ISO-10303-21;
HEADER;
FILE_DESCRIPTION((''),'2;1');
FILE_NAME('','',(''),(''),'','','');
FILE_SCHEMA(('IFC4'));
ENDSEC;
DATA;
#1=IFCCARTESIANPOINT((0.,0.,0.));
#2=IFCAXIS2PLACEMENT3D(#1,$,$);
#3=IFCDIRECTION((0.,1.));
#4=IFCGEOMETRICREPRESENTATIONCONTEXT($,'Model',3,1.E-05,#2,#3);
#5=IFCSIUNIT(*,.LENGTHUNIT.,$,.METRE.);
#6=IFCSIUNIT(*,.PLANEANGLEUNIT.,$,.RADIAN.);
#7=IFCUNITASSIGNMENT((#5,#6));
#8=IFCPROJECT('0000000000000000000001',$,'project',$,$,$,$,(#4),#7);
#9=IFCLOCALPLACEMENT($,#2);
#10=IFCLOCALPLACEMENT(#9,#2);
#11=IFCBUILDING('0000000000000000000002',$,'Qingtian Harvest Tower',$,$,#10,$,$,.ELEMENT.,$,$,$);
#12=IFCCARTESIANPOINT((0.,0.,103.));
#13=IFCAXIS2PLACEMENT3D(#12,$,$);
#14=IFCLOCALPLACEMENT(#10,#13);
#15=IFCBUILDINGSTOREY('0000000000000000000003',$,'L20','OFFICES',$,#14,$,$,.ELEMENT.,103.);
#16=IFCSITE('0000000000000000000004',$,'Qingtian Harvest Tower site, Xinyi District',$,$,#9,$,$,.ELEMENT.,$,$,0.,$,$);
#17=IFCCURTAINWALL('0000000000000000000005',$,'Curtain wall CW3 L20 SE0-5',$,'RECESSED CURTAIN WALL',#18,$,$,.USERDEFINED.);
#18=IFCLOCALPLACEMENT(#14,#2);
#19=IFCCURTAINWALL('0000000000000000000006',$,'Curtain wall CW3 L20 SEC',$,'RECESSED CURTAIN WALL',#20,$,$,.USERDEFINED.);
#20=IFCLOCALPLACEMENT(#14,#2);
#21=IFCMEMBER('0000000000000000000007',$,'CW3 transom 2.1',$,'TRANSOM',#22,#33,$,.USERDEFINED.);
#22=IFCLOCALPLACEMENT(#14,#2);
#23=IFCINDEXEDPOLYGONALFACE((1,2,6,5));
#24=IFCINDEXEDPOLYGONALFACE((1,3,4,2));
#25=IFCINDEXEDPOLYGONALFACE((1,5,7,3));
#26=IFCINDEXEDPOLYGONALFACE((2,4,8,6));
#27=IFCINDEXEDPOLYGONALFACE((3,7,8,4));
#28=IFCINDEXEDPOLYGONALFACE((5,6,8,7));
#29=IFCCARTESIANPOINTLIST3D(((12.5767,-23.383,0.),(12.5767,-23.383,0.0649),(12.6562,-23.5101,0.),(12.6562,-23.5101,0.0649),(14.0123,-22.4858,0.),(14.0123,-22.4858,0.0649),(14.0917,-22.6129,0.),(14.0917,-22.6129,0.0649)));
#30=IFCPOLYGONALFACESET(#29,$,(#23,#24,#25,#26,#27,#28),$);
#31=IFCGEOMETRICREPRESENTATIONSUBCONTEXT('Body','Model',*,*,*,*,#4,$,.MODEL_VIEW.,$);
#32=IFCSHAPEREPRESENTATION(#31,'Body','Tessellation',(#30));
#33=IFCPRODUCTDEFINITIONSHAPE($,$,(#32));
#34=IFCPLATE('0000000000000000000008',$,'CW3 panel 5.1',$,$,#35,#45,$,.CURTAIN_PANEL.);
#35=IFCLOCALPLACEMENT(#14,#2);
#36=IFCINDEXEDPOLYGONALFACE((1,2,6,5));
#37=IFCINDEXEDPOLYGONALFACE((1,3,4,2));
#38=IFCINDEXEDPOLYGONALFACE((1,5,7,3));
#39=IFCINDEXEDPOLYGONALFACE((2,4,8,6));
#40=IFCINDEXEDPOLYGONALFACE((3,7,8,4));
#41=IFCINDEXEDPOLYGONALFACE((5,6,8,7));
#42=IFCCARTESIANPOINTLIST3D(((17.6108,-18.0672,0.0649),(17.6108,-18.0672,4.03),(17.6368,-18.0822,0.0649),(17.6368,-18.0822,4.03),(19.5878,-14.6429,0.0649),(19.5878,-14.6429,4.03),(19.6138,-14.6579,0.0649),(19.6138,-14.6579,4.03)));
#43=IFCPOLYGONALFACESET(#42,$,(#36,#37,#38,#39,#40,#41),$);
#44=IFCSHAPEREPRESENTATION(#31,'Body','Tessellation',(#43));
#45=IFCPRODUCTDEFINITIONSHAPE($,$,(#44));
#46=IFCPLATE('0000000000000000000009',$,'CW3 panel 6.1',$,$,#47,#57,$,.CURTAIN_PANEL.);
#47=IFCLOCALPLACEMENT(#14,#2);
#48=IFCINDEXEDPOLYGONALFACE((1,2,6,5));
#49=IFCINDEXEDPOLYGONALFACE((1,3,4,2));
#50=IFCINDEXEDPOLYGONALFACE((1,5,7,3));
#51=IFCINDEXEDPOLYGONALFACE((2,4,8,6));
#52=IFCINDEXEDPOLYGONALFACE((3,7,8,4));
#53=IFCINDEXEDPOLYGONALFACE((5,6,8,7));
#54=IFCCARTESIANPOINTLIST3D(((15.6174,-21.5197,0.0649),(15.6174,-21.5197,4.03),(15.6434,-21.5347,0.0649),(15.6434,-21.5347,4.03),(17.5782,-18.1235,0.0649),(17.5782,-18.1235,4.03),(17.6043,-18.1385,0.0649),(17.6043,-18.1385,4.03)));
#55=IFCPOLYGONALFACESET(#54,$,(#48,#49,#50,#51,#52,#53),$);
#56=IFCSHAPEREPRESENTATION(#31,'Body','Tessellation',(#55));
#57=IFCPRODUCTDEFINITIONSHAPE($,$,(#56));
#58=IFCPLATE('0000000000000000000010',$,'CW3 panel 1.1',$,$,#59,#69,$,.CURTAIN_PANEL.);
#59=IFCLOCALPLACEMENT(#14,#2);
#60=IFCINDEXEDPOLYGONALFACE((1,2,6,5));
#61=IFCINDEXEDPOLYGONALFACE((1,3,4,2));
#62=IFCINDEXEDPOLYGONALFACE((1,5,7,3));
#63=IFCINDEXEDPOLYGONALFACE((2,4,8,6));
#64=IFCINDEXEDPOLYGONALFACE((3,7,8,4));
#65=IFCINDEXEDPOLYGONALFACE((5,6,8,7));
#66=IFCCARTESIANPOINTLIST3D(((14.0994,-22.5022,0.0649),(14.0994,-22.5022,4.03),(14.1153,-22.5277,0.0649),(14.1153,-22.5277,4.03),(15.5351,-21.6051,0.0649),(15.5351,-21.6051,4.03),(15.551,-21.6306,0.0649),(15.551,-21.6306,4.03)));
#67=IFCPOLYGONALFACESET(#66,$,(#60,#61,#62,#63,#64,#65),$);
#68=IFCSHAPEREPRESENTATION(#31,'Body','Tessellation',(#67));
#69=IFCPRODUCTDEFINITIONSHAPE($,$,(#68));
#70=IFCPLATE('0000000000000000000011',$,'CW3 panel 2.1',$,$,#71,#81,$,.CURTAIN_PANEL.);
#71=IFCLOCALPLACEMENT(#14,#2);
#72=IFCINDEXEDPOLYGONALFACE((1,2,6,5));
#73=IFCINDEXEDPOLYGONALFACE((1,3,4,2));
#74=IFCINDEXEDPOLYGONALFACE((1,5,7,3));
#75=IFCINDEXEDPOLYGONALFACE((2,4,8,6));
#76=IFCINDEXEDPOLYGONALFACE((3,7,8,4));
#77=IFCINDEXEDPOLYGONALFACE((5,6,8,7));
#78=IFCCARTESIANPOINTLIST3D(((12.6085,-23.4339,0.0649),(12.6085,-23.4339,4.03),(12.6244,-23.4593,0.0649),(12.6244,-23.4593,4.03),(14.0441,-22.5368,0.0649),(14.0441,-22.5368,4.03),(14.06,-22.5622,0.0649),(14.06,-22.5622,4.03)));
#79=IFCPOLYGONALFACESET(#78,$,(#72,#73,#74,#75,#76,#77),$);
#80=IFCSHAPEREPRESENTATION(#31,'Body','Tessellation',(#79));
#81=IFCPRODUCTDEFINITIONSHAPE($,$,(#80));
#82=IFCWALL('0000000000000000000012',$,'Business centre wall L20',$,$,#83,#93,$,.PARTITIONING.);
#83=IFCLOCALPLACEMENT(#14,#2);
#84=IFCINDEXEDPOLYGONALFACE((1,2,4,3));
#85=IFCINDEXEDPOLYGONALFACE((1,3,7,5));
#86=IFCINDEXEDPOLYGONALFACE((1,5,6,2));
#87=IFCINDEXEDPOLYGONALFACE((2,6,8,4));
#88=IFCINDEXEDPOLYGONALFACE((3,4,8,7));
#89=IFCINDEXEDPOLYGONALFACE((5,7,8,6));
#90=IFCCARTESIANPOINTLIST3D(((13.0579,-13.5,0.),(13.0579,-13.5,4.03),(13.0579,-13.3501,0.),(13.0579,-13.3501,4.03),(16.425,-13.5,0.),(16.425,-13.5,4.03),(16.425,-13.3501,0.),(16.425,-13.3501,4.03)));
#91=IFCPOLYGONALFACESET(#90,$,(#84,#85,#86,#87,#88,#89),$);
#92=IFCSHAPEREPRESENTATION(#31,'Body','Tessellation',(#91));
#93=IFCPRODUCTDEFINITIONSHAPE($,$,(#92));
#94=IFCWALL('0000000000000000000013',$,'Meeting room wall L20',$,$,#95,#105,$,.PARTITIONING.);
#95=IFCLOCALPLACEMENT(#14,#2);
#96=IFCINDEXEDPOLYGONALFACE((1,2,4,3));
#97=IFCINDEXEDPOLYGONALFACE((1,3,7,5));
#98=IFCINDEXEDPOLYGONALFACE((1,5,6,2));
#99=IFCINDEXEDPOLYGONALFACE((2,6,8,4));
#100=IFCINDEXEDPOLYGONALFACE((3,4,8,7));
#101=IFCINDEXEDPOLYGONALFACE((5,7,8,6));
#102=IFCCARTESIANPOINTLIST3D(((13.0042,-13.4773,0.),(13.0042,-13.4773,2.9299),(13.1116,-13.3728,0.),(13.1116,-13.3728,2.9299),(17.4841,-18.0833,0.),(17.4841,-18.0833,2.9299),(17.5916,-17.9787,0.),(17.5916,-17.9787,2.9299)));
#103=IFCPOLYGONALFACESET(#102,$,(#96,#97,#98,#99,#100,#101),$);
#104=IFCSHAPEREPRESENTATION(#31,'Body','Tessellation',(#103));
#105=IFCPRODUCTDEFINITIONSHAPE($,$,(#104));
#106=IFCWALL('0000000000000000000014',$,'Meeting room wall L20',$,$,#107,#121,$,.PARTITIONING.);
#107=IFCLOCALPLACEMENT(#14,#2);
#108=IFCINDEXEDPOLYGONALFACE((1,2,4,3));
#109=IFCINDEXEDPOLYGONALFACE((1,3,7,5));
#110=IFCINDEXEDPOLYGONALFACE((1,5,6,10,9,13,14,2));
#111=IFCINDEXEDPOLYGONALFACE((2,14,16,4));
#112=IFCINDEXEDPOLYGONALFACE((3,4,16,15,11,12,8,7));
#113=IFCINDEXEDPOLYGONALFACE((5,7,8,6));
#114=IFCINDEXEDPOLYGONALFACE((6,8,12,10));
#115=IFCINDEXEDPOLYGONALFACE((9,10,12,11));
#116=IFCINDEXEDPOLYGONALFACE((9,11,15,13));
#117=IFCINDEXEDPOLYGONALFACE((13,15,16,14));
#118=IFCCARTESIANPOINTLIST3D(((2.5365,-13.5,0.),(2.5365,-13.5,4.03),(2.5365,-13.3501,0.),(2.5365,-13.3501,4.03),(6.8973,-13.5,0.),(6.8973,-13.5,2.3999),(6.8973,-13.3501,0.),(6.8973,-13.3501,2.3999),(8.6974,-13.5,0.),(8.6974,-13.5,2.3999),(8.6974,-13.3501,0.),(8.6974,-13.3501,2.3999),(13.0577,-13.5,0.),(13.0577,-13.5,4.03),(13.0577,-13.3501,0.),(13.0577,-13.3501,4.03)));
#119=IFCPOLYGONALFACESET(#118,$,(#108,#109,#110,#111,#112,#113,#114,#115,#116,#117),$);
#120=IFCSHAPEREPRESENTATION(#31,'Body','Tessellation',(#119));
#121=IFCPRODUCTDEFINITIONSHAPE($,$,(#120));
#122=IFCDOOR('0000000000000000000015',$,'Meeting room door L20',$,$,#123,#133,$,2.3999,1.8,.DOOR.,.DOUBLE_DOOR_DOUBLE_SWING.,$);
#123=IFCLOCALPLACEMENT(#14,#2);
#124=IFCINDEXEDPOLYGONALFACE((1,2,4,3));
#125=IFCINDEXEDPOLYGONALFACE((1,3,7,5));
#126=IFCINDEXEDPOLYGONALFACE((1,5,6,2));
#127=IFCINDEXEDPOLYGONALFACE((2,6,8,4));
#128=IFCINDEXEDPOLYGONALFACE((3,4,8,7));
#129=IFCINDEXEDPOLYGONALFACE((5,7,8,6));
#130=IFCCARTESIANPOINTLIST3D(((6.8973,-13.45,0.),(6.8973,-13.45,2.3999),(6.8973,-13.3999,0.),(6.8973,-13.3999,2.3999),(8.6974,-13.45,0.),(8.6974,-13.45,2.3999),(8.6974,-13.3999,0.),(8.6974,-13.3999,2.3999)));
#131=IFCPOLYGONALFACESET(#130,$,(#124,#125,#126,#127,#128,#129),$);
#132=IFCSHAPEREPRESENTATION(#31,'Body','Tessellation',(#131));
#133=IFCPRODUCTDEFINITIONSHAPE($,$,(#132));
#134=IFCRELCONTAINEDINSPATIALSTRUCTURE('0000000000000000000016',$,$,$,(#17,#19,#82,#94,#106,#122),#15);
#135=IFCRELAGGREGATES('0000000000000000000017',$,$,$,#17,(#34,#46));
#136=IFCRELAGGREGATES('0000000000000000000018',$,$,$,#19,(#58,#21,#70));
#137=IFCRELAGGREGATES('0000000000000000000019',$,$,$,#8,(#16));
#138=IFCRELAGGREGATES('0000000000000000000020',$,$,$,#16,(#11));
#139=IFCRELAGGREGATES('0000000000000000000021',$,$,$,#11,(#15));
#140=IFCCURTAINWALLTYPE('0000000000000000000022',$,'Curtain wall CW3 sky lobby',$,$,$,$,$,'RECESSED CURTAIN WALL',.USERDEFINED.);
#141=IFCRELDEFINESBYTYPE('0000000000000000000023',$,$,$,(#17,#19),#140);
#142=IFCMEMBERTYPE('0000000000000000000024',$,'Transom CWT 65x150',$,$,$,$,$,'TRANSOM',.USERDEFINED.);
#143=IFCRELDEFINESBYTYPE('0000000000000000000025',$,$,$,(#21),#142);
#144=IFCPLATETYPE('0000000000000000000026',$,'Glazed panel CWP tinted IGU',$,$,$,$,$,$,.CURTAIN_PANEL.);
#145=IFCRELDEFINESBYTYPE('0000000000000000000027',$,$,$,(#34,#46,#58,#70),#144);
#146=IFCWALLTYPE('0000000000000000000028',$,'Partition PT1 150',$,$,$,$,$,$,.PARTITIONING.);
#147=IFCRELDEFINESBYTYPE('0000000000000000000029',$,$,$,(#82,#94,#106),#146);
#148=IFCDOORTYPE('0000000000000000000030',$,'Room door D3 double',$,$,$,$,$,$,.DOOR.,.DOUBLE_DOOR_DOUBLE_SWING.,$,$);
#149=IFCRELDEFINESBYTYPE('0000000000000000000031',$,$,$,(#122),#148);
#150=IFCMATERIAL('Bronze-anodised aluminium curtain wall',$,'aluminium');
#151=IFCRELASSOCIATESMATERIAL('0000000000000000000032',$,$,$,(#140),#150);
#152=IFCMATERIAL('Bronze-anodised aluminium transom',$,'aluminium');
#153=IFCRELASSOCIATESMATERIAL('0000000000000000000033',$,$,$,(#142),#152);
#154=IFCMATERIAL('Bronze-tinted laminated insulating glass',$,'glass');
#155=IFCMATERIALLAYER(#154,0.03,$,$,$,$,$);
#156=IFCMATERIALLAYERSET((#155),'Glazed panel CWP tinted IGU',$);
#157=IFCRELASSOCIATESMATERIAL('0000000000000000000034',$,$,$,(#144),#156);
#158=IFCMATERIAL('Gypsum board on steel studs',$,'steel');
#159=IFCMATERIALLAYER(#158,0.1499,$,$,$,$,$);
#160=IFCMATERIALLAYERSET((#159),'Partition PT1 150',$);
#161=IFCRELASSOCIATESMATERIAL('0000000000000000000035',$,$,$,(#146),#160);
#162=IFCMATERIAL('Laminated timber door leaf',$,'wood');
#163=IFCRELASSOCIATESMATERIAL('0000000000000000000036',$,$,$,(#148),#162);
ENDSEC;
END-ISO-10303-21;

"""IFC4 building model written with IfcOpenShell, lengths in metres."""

from ifc_helpers import new_model, si_unit, direction, frame, frame_2d, origin, origin_2d, place, context, subcontext, project, spatial, rectangle, extrude, material, layer, layer_set, material_profile, profile_set, type_object, element, fill, aggregate, save


model = new_model("IFC4")

# Units and contexts
model_context = context("Model", 3, precision=1e-05, world=origin(), true_north=direction((0.0, 1.0)))
body_context = subcontext(model_context, "Body", "Model", "MODEL_VIEW")
ifc_project = project(units=[si_unit("LENGTHUNIT", "METRE"), si_unit("PLANEANGLEUNIT", "RADIAN")], contexts=[model_context])

# Site, building, storey
site_placement = place(None, origin())
site = spatial("IfcSite", under=ifc_project, at=site_placement, Name="Qingtian Harvest Tower site, Xinyi District", CompositionType="ELEMENT", RefElevation=0.0)
building_placement = place(site_placement, origin())
building = spatial("IfcBuilding", under=site, at=building_placement, Name="Qingtian Harvest Tower", CompositionType="ELEMENT")
storey_placement = place(building_placement, frame((0.0, 0.0, 103.0)))
storey = spatial("IfcBuildingStorey", under=building, at=storey_placement, Name="L20", Description="OFFICES", CompositionType="ELEMENT", Elevation=103.0)

# Curtain walls
ifc_material_1 = material(Name="Bronze-anodised aluminium curtain wall", Category="aluminium")
curtain_wall_type = type_object("IfcCurtainWallType", Name="Curtain wall CW3 sky lobby", ElementType="RECESSED CURTAIN WALL", PredefinedType="USERDEFINED", material=ifc_material_1)
curtain_wall_1_placement = place(storey_placement, origin())
curtain_wall_1 = element("IfcCurtainWall", 1, at=curtain_wall_1_placement, inside=storey, type_object=curtain_wall_type, Name="Curtain wall CW3 L20 SE0-5", ObjectType="RECESSED CURTAIN WALL", PredefinedType="USERDEFINED")
curtain_wall_2_placement = place(storey_placement, origin())
curtain_wall_2 = element("IfcCurtainWall", 2, at=curtain_wall_2_placement, inside=storey, type_object=curtain_wall_type, Name="Curtain wall CW3 L20 SEC", ObjectType="RECESSED CURTAIN WALL", PredefinedType="USERDEFINED")

# Member
ifc_material_2 = material(Name="Bronze-anodised aluminium transom", Category="aluminium")
ifc_material_profile_1 = material_profile(ifc_material_2, rectangle(XDim=0.1499, YDim=0.0649, at=origin_2d()), Name="AL 65x150")
ifc_profile_set_1 = profile_set([ifc_material_profile_1], Name="Bronze-anodised aluminium transom")
member_type_1 = type_object("IfcMemberType", Name="Transom CWT 65x150", ElementType="TRANSOM", PredefinedType="USERDEFINED", material=ifc_profile_set_1)
member_1_placement = place(storey_placement, frame((14.052, -22.5493, 0.0325), z_axis=(-0.847998, -0.529999, 0.0), x_axis=(0.529999, -0.847998, 0.0)))
member_1 = element("IfcMember", 3, at=member_1_placement, type_object=member_type_1, Name="CW3 transom 2.1", ObjectType="TRANSOM", PredefinedType="USERDEFINED", context=body_context, shape_type="SweptSolid", body=[
    extrude(rectangle(XDim=0.1499, YDim=0.0649, at=origin_2d()), origin(), (0.0, 0.0, 1.0), 1.6929),
])

# Plates
ifc_material_3 = material(Name="Bronze-tinted laminated insulating glass", Category="glass")
ifc_layer_1 = layer(ifc_material_3, 0.03)
ifc_layer_set_1 = layer_set([ifc_layer_1], Name="Glazed panel CWP tinted IGU")
plate_type = type_object("IfcPlateType", Name="Glazed panel CWP tinted IGU", PredefinedType="CURTAIN_PANEL", material=ifc_layer_set_1)
plate_1_placement = place(storey_placement, frame((18.6123, -16.3625, 0.0649), z_axis=(0.0, 0.0, 1.0), x_axis=(-0.5, -0.866025, 0.0)))
plate_1 = element("IfcPlate", 4, at=plate_1_placement, type_object=plate_type, Name="CW3 panel 5.1", PredefinedType="CURTAIN_PANEL", context=body_context, shape_type="SweptSolid", body=[
    extrude(rectangle(XDim=3.9541, YDim=0.03, at=origin_2d()), origin(), (0.0, 0.0, 1.0), 3.9651),
])
plate_2_placement = place(storey_placement, frame((16.6108, -19.8291, 0.0649), z_axis=(0.0, 0.0, 1.0), x_axis=(-0.5, -0.866025, 0.0)))
plate_2 = element("IfcPlate", 5, at=plate_2_placement, type_object=plate_type, Name="CW3 panel 6.1", PredefinedType="CURTAIN_PANEL", context=body_context, shape_type="SweptSolid", body=[
    extrude(rectangle(XDim=3.9216, YDim=0.03, at=origin_2d()), origin(), (0.0, 0.0, 1.0), 3.9651),
])
aggregate(curtain_wall_1, [plate_1, plate_2])
plate_3_placement = place(storey_placement, frame((14.8252, -22.0664, 0.0649), z_axis=(0.0, 0.0, 1.0), x_axis=(-0.848048, -0.529919, 0.0)))
plate_3 = element("IfcPlate", 6, at=plate_3_placement, type_object=plate_type, Name="CW3 panel 1.1", PredefinedType="CURTAIN_PANEL", context=body_context, shape_type="SweptSolid", body=[
    extrude(rectangle(XDim=1.6929, YDim=0.03, at=origin_2d()), origin(), (0.0, 0.0, 1.0), 3.9651),
])
plate_4_placement = place(storey_placement, frame((13.3342, -22.998, 0.0649), z_axis=(0.0, 0.0, 1.0), x_axis=(-0.848048, -0.529919, 0.0)))
plate_4 = element("IfcPlate", 7, at=plate_4_placement, type_object=plate_type, Name="CW3 panel 2.1", PredefinedType="CURTAIN_PANEL", context=body_context, shape_type="SweptSolid", body=[
    extrude(rectangle(XDim=1.6929, YDim=0.03, at=origin_2d()), origin(), (0.0, 0.0, 1.0), 3.9651),
])
aggregate(curtain_wall_2, [plate_3, member_1, plate_4])

# Walls
ifc_material_4 = material(Name="Gypsum board on steel studs", Category="steel")
ifc_layer_2 = layer(ifc_material_4, 0.1499)
ifc_layer_set_2 = layer_set([ifc_layer_2], Name="Partition PT1 150")
wall_type = type_object("IfcWallType", Name="Partition PT1 150", PredefinedType="PARTITIONING", material=ifc_layer_set_2)
wall_1_placement = place(storey_placement, frame((16.425, -13.425, 0.0), z_axis=(0.0, 0.0, 1.0), x_axis=(-1.0, 0.0, 0.0)))
element("IfcWall", 8, at=wall_1_placement, inside=storey, type_object=wall_type, Name="Business centre wall L20", PredefinedType="PARTITIONING", context=body_context, shape_type="SweptSolid", body=[
    extrude(rectangle(XDim=3.3672, YDim=0.1499, at=frame_2d((1.6836, 0.0))), origin(), (0.0, 0.0, 1.0), 4.03),
])
wall_2_placement = place(storey_placement, frame((17.5378, -18.031, 0.0), z_axis=(0.0, 0.0, 1.0), x_axis=(-0.697236, 0.716842, 0.0)))
element("IfcWall", 9, at=wall_2_placement, inside=storey, type_object=wall_type, Name="Meeting room wall L20", PredefinedType="PARTITIONING", context=body_context, shape_type="SweptSolid", body=[
    extrude(rectangle(XDim=6.4253, YDim=0.1499, at=frame_2d((3.2126, 0.0))), origin(), (0.0, 0.0, 1.0), 2.9299),
])

# Wall, opening, door
wall_3_placement = place(storey_placement, frame((13.0579, -13.425, 0.0), z_axis=(0.0, 0.0, 1.0), x_axis=(-1.0, 0.0, 0.0)))
wall_3 = element("IfcWall", 10, at=wall_3_placement, inside=storey, type_object=wall_type, Name="Meeting room wall L20", PredefinedType="PARTITIONING", context=body_context, shape_type="SweptSolid", body=[
    extrude(rectangle(XDim=10.5212, YDim=0.1499, at=frame_2d((5.2607, 0.0))), origin(), (0.0, 0.0, 1.0), 4.03),
])
opening_placement = place(wall_3_placement, frame((4.3606, 0.0, 0.0)))
opening = element("IfcOpeningElement", 11, at=opening_placement, cuts=wall_3, PredefinedType="OPENING", context=body_context, shape_type="SweptSolid", body=[
    extrude(rectangle(XDim=1.8, YDim=2.3999, at=frame_2d((0.8999, 1.2))), frame((0.0, 0.085, 0.0), z_axis=(0.0, -1.0, 0.0), x_axis=(1.0, 0.0, 0.0)), (0.0, 0.0, 1.0), 0.1699),
])
ifc_material_5 = material(Name="Laminated timber door leaf", Category="wood")
door_type = type_object("IfcDoorType", Name="Room door D3 double", OperationType="DOUBLE_DOOR_DOUBLE_SWING", PredefinedType="DOOR", material=ifc_material_5)
door_placement = place(opening_placement, origin())
door = element("IfcDoor", 12, at=door_placement, inside=storey, type_object=door_type, Name="Meeting room door L20", OperationType="DOUBLE_DOOR_DOUBLE_SWING", OverallHeight=2.3999, OverallWidth=1.8, PredefinedType="DOOR", context=body_context, shape_type="SweptSolid", body=[
    extrude(rectangle(XDim=1.8, YDim=2.3999, at=frame_2d((0.8999, 1.2))), frame((0.0, 0.0249, 0.0), z_axis=(0.0, -1.0, 0.0), x_axis=(1.0, 0.0, 0.0)), (0.0, 0.0, 1.0), 0.05),
])
fill(opening, door)

save(model, "model.ifc")
